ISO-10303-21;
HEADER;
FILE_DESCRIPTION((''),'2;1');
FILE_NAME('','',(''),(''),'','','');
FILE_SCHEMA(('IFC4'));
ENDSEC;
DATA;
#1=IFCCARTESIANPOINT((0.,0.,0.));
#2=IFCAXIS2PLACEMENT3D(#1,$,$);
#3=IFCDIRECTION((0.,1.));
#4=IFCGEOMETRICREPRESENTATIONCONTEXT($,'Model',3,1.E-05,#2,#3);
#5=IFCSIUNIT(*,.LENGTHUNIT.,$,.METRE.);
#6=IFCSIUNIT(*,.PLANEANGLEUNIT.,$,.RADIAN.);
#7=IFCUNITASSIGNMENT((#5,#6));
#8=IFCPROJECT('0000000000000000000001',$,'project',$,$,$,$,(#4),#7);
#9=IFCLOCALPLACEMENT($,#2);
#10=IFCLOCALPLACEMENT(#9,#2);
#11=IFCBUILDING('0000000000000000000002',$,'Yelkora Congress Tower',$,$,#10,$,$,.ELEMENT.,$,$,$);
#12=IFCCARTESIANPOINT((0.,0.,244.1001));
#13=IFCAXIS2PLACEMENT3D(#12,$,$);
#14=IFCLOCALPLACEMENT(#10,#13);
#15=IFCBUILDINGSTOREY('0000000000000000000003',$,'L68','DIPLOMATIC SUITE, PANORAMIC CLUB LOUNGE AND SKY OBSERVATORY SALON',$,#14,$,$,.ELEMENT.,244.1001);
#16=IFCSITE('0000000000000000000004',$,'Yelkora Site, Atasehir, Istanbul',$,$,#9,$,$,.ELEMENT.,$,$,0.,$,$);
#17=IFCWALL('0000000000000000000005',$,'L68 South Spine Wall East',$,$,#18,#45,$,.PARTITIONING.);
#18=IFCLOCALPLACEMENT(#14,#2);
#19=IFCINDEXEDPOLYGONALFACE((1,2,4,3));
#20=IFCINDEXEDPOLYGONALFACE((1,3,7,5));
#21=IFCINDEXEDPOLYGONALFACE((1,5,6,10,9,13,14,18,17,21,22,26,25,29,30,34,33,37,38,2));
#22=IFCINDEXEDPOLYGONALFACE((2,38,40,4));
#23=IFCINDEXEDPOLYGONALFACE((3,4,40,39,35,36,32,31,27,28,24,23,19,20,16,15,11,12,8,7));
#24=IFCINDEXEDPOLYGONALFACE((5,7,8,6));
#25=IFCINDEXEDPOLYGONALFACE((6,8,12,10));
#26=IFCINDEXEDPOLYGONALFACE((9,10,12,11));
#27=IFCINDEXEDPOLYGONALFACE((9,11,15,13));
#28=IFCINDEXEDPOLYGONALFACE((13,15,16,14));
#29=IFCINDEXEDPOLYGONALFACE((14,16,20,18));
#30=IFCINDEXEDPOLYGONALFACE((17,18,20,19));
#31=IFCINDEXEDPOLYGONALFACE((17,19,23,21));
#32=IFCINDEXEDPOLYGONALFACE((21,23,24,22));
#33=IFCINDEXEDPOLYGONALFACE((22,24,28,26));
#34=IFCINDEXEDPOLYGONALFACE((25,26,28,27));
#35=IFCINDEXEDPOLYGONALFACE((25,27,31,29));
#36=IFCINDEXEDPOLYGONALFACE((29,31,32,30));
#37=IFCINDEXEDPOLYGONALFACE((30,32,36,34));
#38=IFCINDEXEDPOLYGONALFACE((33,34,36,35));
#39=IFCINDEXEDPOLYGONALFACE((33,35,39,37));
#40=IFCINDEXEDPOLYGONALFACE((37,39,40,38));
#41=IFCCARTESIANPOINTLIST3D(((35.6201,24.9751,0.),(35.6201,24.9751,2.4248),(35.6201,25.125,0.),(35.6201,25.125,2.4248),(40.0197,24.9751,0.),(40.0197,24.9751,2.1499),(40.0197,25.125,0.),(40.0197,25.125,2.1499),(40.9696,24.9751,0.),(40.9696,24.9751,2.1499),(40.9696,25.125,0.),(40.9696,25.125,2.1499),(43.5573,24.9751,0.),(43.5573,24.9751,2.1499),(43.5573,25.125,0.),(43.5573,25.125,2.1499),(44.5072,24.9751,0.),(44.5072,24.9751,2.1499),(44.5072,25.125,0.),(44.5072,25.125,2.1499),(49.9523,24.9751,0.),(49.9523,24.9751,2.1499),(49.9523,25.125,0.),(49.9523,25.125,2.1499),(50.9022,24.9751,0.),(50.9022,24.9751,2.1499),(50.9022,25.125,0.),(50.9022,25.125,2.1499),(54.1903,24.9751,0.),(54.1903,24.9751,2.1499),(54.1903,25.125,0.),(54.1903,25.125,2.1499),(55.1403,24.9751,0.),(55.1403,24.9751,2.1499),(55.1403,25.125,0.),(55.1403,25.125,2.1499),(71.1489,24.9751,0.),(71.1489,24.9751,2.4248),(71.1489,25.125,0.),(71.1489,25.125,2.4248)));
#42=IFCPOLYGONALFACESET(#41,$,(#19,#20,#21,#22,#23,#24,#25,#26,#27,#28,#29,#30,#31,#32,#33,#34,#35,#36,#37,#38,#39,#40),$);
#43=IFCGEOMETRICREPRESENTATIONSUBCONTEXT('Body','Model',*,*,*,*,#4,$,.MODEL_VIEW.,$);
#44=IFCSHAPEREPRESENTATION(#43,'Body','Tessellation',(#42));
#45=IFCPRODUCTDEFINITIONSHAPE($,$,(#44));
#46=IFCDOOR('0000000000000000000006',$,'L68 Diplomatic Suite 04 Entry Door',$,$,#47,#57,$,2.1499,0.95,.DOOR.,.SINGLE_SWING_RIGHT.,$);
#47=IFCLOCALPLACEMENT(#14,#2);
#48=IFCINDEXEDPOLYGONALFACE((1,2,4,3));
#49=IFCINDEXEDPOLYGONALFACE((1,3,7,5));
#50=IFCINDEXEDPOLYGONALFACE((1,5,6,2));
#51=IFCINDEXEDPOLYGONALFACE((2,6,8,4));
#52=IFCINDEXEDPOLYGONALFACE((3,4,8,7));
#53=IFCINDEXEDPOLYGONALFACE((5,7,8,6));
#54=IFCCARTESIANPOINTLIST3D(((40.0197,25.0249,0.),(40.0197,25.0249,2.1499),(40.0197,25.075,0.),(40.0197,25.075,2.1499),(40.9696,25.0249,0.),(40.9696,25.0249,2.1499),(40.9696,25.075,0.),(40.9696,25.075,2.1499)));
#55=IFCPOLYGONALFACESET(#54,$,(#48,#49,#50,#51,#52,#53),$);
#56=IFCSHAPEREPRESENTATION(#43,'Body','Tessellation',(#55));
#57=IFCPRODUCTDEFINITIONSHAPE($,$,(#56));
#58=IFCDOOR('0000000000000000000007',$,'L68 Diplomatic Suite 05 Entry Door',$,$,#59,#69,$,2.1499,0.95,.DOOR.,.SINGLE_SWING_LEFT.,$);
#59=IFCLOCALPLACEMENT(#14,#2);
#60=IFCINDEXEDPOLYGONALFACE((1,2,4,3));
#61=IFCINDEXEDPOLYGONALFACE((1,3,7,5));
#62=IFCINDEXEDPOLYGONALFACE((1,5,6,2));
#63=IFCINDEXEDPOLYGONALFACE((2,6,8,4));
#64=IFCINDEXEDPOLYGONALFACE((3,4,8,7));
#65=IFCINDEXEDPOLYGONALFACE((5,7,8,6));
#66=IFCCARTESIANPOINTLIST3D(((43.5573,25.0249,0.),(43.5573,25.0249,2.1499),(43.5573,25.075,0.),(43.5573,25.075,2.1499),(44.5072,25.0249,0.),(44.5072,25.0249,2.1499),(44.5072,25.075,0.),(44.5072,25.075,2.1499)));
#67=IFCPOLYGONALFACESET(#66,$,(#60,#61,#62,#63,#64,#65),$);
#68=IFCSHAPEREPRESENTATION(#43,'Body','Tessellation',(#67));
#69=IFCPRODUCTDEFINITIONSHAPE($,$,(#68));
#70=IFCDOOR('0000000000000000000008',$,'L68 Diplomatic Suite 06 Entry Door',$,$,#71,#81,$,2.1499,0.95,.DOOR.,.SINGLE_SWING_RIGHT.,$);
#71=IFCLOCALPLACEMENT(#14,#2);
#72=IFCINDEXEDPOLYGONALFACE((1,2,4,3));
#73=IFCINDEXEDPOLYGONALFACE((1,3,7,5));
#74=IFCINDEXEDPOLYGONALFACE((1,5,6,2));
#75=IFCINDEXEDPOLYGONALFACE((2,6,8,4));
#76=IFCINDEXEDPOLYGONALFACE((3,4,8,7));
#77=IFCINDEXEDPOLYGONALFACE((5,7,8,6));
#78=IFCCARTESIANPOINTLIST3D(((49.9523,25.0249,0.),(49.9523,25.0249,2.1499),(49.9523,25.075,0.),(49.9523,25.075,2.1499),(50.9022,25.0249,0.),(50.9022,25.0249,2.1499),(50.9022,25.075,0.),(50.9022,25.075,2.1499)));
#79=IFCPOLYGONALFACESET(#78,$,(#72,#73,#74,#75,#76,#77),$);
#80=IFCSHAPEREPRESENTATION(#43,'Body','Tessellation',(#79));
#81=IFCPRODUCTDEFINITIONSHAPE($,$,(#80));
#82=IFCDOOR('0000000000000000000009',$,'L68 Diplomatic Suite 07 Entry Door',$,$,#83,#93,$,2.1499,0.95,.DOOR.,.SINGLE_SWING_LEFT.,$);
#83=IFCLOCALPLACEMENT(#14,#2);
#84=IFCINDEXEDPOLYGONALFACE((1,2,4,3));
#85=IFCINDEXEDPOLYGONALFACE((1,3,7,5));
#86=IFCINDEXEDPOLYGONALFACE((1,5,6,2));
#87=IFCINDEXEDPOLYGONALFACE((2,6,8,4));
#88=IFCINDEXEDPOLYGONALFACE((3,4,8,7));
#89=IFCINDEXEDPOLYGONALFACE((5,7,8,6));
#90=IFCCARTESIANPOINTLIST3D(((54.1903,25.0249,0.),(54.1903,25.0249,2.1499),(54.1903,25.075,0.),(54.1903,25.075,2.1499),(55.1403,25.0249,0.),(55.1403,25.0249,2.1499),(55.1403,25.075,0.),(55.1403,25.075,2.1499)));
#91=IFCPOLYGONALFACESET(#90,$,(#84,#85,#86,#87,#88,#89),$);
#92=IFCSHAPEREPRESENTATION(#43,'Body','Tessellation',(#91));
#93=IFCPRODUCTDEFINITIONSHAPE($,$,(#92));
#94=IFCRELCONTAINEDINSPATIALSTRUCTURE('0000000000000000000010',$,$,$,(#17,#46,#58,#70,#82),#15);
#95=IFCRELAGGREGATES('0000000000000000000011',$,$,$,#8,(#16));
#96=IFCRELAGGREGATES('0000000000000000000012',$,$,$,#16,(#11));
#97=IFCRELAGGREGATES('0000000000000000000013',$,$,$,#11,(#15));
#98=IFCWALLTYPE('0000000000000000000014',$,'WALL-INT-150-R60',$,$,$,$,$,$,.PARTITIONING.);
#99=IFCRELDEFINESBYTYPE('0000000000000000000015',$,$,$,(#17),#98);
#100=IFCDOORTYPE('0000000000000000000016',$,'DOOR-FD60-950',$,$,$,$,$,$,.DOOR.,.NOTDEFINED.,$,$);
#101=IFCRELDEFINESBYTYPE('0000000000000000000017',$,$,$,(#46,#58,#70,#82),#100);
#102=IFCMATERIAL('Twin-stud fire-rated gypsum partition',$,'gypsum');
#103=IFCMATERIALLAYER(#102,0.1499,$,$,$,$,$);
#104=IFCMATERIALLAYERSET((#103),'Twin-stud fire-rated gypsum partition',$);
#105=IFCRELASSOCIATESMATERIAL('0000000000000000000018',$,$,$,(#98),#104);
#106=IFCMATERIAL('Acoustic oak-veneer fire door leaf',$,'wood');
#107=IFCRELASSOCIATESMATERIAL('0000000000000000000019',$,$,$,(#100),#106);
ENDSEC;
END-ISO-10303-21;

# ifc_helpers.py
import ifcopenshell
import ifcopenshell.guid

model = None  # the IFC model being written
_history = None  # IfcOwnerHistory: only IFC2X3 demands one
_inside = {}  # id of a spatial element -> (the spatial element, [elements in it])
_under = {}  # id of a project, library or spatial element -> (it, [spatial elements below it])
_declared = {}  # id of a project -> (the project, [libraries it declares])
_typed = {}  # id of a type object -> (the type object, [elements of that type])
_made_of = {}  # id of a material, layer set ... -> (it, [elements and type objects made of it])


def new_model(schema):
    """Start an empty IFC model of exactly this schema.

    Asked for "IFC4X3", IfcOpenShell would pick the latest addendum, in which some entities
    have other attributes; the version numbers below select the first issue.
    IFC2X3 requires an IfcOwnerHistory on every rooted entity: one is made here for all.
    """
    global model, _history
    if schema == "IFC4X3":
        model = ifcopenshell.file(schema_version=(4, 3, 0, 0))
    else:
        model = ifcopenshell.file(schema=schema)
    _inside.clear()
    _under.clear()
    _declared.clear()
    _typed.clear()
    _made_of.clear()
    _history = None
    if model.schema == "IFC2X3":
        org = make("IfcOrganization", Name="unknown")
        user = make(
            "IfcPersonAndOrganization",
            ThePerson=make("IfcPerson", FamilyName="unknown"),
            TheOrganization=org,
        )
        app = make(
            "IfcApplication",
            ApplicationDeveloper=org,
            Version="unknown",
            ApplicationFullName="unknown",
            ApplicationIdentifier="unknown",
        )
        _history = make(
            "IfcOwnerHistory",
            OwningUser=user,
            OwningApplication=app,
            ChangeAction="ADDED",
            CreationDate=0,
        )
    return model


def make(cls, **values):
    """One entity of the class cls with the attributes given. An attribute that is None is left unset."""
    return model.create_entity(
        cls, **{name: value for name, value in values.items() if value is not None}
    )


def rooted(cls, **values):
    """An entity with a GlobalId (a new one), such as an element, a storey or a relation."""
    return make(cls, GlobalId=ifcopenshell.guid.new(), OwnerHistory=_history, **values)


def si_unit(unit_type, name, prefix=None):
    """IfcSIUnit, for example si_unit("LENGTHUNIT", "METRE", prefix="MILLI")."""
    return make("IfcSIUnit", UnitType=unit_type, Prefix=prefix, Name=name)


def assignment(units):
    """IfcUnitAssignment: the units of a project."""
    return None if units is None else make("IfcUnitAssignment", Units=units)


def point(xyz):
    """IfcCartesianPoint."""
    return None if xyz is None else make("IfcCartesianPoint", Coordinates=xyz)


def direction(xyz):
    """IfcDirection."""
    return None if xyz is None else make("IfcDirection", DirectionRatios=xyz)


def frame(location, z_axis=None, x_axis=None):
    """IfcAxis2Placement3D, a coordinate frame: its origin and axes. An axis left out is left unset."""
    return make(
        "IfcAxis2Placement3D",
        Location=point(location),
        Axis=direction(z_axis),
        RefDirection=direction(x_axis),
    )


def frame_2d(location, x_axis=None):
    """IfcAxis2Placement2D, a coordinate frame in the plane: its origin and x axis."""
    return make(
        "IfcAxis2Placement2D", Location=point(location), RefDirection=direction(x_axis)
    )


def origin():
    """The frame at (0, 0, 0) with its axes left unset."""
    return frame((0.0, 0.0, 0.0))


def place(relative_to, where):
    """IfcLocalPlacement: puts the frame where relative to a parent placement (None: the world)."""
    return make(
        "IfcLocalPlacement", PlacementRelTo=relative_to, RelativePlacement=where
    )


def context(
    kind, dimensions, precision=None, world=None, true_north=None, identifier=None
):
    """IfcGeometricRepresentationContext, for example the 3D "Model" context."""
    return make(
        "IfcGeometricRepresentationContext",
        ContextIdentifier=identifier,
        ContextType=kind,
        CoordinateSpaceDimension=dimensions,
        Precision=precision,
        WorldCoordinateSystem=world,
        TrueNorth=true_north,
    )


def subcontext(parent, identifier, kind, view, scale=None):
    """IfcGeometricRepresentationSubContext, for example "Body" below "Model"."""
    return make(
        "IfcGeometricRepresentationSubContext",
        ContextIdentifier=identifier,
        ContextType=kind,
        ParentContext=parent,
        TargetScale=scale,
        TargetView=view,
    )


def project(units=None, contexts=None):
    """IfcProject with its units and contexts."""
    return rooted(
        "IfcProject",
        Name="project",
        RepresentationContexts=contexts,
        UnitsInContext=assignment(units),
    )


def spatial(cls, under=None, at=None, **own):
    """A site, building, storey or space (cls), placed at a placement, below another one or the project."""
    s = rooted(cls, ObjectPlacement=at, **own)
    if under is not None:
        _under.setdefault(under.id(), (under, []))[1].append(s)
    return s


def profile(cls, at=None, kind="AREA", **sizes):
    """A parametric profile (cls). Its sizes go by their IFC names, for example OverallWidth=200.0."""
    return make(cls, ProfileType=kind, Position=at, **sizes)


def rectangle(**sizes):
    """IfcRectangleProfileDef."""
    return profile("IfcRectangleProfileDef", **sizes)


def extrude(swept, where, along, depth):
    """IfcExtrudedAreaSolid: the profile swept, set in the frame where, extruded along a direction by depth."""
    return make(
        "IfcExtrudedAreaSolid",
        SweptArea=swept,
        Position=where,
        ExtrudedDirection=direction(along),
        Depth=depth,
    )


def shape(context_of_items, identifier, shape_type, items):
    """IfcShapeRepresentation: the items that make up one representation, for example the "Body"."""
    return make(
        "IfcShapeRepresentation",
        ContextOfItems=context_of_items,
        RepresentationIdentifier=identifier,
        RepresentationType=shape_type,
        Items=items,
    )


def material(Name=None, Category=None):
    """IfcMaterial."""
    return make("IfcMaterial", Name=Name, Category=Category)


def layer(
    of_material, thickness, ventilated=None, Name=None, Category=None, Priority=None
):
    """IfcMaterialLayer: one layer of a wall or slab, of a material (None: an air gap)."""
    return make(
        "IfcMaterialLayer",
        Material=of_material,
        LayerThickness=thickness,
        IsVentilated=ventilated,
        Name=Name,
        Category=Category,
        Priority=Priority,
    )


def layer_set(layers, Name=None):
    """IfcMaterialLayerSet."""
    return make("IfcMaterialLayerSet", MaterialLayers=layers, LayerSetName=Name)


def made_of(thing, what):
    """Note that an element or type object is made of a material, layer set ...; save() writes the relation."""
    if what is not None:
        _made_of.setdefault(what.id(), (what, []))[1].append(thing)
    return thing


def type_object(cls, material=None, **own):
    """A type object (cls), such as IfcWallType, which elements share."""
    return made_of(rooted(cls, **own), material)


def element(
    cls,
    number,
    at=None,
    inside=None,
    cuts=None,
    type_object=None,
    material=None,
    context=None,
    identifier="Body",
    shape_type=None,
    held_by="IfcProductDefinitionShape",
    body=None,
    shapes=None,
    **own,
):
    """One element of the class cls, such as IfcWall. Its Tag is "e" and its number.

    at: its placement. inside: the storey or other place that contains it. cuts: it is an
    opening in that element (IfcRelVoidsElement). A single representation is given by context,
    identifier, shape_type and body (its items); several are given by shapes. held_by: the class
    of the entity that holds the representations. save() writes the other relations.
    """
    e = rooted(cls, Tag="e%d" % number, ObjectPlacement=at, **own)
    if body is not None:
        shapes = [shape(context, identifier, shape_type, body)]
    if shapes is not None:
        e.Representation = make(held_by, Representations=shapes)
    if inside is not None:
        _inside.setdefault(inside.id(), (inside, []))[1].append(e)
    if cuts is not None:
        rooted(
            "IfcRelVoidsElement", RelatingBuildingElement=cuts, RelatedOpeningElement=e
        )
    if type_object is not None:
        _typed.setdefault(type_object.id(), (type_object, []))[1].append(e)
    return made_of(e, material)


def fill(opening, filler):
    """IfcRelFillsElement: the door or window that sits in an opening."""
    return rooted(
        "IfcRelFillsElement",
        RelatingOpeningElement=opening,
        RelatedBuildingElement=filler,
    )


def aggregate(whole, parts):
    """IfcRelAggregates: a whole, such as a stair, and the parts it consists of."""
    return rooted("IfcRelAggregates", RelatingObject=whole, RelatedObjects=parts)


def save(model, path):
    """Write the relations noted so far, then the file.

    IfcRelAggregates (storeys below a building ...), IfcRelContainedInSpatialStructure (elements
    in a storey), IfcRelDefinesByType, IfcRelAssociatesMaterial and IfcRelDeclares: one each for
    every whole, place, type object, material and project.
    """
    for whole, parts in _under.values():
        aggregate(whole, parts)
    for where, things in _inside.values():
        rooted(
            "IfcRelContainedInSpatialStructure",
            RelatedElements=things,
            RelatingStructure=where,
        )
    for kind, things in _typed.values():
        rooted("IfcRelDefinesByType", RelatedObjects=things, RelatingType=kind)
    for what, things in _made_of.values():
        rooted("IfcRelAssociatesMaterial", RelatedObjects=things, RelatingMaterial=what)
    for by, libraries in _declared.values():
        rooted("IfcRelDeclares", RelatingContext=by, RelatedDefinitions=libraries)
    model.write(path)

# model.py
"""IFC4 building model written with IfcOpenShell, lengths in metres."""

from ifc_helpers import new_model, si_unit, direction, frame, frame_2d, origin, place, context, subcontext, project, spatial, rectangle, extrude, material, layer, layer_set, type_object, element, fill, save


model = new_model("IFC4")

# Units and contexts
model_context = context("Model", 3, precision=1e-05, world=origin(), true_north=direction((0.0, 1.0)))
body_context = subcontext(model_context, "Body", "Model", "MODEL_VIEW")
ifc_project = project(units=[si_unit("LENGTHUNIT", "METRE"), si_unit("PLANEANGLEUNIT", "RADIAN")], contexts=[model_context])

# Site, building, storey
site_placement = place(None, origin())
site = spatial("IfcSite", under=ifc_project, at=site_placement, Name="Yelkora Site, Atasehir, Istanbul", CompositionType="ELEMENT", RefElevation=0.0)
building_placement = place(site_placement, origin())
building = spatial("IfcBuilding", under=site, at=building_placement, Name="Yelkora Congress Tower", CompositionType="ELEMENT")
storey_placement = place(building_placement, frame((0.0, 0.0, 244.1001)))
storey = spatial("IfcBuildingStorey", under=building, at=storey_placement, Name="L68", Description="DIPLOMATIC SUITE, PANORAMIC CLUB LOUNGE AND SKY OBSERVATORY SALON", CompositionType="ELEMENT", Elevation=244.1001)

# Wall, openings, doors
ifc_material_1 = material(Name="Twin-stud fire-rated gypsum partition", Category="gypsum")
ifc_layer_1 = layer(ifc_material_1, 0.1499)
ifc_layer_set_1 = layer_set([ifc_layer_1], Name="Twin-stud fire-rated gypsum partition")
wall_type_1 = type_object("IfcWallType", Name="WALL-INT-150-R60", PredefinedType="PARTITIONING", material=ifc_layer_set_1)
wall_1_placement = place(storey_placement, frame((35.6201, 25.05, 0.0), z_axis=(0.0, 0.0, 1.0), x_axis=(1.0, 0.0, 0.0)))
wall_1 = element("IfcWall", 1, at=wall_1_placement, inside=storey, type_object=wall_type_1, Name="L68 South Spine Wall East", PredefinedType="PARTITIONING", context=body_context, shape_type="SweptSolid", body=[
    extrude(rectangle(XDim=35.5288, YDim=0.1499, at=frame_2d((17.7644, 0.0))), origin(), (0.0, 0.0, 1.0), 2.4248),
])
opening_1_placement = place(wall_1_placement, frame((4.3994, 0.0, 0.0)))
opening_1 = element("IfcOpeningElement", 2, at=opening_1_placement, cuts=wall_1, PredefinedType="OPENING", context=body_context, shape_type="SweptSolid", body=[
    extrude(rectangle(XDim=0.95, YDim=2.1499, at=frame_2d((0.4751, 1.075))), frame((0.0, 0.085, 0.0), z_axis=(0.0, -1.0, 0.0), x_axis=(1.0, 0.0, 0.0)), (0.0, 0.0, 1.0), 0.1699),
])
opening_2_placement = place(wall_1_placement, frame((7.937, 0.0, 0.0)))
opening_2 = element("IfcOpeningElement", 3, at=opening_2_placement, cuts=wall_1, PredefinedType="OPENING", context=body_context, shape_type="SweptSolid", body=[
    extrude(rectangle(XDim=0.95, YDim=2.1499, at=frame_2d((0.4751, 1.075))), frame((0.0, 0.085, 0.0), z_axis=(0.0, -1.0, 0.0), x_axis=(1.0, 0.0, 0.0)), (0.0, 0.0, 1.0), 0.1699),
])
opening_3_placement = place(wall_1_placement, frame((14.332, 0.0, 0.0)))
opening_3 = element("IfcOpeningElement", 4, at=opening_3_placement, cuts=wall_1, PredefinedType="OPENING", context=body_context, shape_type="SweptSolid", body=[
    extrude(rectangle(XDim=0.95, YDim=2.1499, at=frame_2d((0.4751, 1.075))), frame((0.0, 0.085, 0.0), z_axis=(0.0, -1.0, 0.0), x_axis=(1.0, 0.0, 0.0)), (0.0, 0.0, 1.0), 0.1699),
])
opening_4_placement = place(wall_1_placement, frame((18.5701, 0.0, 0.0)))
opening_4 = element("IfcOpeningElement", 5, at=opening_4_placement, cuts=wall_1, PredefinedType="OPENING", context=body_context, shape_type="SweptSolid", body=[
    extrude(rectangle(XDim=0.95, YDim=2.1499, at=frame_2d((0.4751, 1.075))), frame((0.0, 0.085, 0.0), z_axis=(0.0, -1.0, 0.0), x_axis=(1.0, 0.0, 0.0)), (0.0, 0.0, 1.0), 0.1699),
])
ifc_material_2 = material(Name="Acoustic oak-veneer fire door leaf", Category="wood")
door_type_1 = type_object("IfcDoorType", Name="DOOR-FD60-950", OperationType="NOTDEFINED", PredefinedType="DOOR", material=ifc_material_2)
door_1_placement = place(opening_1_placement, origin())
door_1 = element("IfcDoor", 6, at=door_1_placement, inside=storey, type_object=door_type_1, Name="L68 Diplomatic Suite 04 Entry Door", OperationType="SINGLE_SWING_RIGHT", OverallHeight=2.1499, OverallWidth=0.95, PredefinedType="DOOR", context=body_context, shape_type="SweptSolid", body=[
    extrude(rectangle(XDim=0.95, YDim=2.1499, at=frame_2d((0.4751, 1.075))), frame((0.0, 0.0249, 0.0), z_axis=(0.0, -1.0, 0.0), x_axis=(1.0, 0.0, 0.0)), (0.0, 0.0, 1.0), 0.05),
])
fill(opening_1, door_1)
door_2_placement = place(opening_2_placement, origin())
door_2 = element("IfcDoor", 7, at=door_2_placement, inside=storey, type_object=door_type_1, Name="L68 Diplomatic Suite 05 Entry Door", OperationType="SINGLE_SWING_LEFT", OverallHeight=2.1499, OverallWidth=0.95, PredefinedType="DOOR", context=body_context, shape_type="SweptSolid", body=[
    extrude(rectangle(XDim=0.95, YDim=2.1499, at=frame_2d((0.4751, 1.075))), frame((0.0, 0.0249, 0.0), z_axis=(0.0, -1.0, 0.0), x_axis=(1.0, 0.0, 0.0)), (0.0, 0.0, 1.0), 0.05),
])
fill(opening_2, door_2)
door_3_placement = place(opening_3_placement, origin())
door_3 = element("IfcDoor", 8, at=door_3_placement, inside=storey, type_object=door_type_1, Name="L68 Diplomatic Suite 06 Entry Door", OperationType="SINGLE_SWING_RIGHT", OverallHeight=2.1499, OverallWidth=0.95, PredefinedType="DOOR", context=body_context, shape_type="SweptSolid", body=[
    extrude(rectangle(XDim=0.95, YDim=2.1499, at=frame_2d((0.4751, 1.075))), frame((0.0, 0.0249, 0.0), z_axis=(0.0, -1.0, 0.0), x_axis=(1.0, 0.0, 0.0)), (0.0, 0.0, 1.0), 0.05),
])
fill(opening_3, door_3)
door_4_placement = place(opening_4_placement, origin())
door_4 = element("IfcDoor", 9, at=door_4_placement, inside=storey, type_object=door_type_1, Name="L68 Diplomatic Suite 07 Entry Door", OperationType="SINGLE_SWING_LEFT", OverallHeight=2.1499, OverallWidth=0.95, PredefinedType="DOOR", context=body_context, shape_type="SweptSolid", body=[
    extrude(rectangle(XDim=0.95, YDim=2.1499, at=frame_2d((0.4751, 1.075))), frame((0.0, 0.0249, 0.0), z_axis=(0.0, -1.0, 0.0), x_axis=(1.0, 0.0, 0.0)), (0.0, 0.0, 1.0), 0.05),
])
fill(opening_4, door_4)

save(model, "model.ifc")
